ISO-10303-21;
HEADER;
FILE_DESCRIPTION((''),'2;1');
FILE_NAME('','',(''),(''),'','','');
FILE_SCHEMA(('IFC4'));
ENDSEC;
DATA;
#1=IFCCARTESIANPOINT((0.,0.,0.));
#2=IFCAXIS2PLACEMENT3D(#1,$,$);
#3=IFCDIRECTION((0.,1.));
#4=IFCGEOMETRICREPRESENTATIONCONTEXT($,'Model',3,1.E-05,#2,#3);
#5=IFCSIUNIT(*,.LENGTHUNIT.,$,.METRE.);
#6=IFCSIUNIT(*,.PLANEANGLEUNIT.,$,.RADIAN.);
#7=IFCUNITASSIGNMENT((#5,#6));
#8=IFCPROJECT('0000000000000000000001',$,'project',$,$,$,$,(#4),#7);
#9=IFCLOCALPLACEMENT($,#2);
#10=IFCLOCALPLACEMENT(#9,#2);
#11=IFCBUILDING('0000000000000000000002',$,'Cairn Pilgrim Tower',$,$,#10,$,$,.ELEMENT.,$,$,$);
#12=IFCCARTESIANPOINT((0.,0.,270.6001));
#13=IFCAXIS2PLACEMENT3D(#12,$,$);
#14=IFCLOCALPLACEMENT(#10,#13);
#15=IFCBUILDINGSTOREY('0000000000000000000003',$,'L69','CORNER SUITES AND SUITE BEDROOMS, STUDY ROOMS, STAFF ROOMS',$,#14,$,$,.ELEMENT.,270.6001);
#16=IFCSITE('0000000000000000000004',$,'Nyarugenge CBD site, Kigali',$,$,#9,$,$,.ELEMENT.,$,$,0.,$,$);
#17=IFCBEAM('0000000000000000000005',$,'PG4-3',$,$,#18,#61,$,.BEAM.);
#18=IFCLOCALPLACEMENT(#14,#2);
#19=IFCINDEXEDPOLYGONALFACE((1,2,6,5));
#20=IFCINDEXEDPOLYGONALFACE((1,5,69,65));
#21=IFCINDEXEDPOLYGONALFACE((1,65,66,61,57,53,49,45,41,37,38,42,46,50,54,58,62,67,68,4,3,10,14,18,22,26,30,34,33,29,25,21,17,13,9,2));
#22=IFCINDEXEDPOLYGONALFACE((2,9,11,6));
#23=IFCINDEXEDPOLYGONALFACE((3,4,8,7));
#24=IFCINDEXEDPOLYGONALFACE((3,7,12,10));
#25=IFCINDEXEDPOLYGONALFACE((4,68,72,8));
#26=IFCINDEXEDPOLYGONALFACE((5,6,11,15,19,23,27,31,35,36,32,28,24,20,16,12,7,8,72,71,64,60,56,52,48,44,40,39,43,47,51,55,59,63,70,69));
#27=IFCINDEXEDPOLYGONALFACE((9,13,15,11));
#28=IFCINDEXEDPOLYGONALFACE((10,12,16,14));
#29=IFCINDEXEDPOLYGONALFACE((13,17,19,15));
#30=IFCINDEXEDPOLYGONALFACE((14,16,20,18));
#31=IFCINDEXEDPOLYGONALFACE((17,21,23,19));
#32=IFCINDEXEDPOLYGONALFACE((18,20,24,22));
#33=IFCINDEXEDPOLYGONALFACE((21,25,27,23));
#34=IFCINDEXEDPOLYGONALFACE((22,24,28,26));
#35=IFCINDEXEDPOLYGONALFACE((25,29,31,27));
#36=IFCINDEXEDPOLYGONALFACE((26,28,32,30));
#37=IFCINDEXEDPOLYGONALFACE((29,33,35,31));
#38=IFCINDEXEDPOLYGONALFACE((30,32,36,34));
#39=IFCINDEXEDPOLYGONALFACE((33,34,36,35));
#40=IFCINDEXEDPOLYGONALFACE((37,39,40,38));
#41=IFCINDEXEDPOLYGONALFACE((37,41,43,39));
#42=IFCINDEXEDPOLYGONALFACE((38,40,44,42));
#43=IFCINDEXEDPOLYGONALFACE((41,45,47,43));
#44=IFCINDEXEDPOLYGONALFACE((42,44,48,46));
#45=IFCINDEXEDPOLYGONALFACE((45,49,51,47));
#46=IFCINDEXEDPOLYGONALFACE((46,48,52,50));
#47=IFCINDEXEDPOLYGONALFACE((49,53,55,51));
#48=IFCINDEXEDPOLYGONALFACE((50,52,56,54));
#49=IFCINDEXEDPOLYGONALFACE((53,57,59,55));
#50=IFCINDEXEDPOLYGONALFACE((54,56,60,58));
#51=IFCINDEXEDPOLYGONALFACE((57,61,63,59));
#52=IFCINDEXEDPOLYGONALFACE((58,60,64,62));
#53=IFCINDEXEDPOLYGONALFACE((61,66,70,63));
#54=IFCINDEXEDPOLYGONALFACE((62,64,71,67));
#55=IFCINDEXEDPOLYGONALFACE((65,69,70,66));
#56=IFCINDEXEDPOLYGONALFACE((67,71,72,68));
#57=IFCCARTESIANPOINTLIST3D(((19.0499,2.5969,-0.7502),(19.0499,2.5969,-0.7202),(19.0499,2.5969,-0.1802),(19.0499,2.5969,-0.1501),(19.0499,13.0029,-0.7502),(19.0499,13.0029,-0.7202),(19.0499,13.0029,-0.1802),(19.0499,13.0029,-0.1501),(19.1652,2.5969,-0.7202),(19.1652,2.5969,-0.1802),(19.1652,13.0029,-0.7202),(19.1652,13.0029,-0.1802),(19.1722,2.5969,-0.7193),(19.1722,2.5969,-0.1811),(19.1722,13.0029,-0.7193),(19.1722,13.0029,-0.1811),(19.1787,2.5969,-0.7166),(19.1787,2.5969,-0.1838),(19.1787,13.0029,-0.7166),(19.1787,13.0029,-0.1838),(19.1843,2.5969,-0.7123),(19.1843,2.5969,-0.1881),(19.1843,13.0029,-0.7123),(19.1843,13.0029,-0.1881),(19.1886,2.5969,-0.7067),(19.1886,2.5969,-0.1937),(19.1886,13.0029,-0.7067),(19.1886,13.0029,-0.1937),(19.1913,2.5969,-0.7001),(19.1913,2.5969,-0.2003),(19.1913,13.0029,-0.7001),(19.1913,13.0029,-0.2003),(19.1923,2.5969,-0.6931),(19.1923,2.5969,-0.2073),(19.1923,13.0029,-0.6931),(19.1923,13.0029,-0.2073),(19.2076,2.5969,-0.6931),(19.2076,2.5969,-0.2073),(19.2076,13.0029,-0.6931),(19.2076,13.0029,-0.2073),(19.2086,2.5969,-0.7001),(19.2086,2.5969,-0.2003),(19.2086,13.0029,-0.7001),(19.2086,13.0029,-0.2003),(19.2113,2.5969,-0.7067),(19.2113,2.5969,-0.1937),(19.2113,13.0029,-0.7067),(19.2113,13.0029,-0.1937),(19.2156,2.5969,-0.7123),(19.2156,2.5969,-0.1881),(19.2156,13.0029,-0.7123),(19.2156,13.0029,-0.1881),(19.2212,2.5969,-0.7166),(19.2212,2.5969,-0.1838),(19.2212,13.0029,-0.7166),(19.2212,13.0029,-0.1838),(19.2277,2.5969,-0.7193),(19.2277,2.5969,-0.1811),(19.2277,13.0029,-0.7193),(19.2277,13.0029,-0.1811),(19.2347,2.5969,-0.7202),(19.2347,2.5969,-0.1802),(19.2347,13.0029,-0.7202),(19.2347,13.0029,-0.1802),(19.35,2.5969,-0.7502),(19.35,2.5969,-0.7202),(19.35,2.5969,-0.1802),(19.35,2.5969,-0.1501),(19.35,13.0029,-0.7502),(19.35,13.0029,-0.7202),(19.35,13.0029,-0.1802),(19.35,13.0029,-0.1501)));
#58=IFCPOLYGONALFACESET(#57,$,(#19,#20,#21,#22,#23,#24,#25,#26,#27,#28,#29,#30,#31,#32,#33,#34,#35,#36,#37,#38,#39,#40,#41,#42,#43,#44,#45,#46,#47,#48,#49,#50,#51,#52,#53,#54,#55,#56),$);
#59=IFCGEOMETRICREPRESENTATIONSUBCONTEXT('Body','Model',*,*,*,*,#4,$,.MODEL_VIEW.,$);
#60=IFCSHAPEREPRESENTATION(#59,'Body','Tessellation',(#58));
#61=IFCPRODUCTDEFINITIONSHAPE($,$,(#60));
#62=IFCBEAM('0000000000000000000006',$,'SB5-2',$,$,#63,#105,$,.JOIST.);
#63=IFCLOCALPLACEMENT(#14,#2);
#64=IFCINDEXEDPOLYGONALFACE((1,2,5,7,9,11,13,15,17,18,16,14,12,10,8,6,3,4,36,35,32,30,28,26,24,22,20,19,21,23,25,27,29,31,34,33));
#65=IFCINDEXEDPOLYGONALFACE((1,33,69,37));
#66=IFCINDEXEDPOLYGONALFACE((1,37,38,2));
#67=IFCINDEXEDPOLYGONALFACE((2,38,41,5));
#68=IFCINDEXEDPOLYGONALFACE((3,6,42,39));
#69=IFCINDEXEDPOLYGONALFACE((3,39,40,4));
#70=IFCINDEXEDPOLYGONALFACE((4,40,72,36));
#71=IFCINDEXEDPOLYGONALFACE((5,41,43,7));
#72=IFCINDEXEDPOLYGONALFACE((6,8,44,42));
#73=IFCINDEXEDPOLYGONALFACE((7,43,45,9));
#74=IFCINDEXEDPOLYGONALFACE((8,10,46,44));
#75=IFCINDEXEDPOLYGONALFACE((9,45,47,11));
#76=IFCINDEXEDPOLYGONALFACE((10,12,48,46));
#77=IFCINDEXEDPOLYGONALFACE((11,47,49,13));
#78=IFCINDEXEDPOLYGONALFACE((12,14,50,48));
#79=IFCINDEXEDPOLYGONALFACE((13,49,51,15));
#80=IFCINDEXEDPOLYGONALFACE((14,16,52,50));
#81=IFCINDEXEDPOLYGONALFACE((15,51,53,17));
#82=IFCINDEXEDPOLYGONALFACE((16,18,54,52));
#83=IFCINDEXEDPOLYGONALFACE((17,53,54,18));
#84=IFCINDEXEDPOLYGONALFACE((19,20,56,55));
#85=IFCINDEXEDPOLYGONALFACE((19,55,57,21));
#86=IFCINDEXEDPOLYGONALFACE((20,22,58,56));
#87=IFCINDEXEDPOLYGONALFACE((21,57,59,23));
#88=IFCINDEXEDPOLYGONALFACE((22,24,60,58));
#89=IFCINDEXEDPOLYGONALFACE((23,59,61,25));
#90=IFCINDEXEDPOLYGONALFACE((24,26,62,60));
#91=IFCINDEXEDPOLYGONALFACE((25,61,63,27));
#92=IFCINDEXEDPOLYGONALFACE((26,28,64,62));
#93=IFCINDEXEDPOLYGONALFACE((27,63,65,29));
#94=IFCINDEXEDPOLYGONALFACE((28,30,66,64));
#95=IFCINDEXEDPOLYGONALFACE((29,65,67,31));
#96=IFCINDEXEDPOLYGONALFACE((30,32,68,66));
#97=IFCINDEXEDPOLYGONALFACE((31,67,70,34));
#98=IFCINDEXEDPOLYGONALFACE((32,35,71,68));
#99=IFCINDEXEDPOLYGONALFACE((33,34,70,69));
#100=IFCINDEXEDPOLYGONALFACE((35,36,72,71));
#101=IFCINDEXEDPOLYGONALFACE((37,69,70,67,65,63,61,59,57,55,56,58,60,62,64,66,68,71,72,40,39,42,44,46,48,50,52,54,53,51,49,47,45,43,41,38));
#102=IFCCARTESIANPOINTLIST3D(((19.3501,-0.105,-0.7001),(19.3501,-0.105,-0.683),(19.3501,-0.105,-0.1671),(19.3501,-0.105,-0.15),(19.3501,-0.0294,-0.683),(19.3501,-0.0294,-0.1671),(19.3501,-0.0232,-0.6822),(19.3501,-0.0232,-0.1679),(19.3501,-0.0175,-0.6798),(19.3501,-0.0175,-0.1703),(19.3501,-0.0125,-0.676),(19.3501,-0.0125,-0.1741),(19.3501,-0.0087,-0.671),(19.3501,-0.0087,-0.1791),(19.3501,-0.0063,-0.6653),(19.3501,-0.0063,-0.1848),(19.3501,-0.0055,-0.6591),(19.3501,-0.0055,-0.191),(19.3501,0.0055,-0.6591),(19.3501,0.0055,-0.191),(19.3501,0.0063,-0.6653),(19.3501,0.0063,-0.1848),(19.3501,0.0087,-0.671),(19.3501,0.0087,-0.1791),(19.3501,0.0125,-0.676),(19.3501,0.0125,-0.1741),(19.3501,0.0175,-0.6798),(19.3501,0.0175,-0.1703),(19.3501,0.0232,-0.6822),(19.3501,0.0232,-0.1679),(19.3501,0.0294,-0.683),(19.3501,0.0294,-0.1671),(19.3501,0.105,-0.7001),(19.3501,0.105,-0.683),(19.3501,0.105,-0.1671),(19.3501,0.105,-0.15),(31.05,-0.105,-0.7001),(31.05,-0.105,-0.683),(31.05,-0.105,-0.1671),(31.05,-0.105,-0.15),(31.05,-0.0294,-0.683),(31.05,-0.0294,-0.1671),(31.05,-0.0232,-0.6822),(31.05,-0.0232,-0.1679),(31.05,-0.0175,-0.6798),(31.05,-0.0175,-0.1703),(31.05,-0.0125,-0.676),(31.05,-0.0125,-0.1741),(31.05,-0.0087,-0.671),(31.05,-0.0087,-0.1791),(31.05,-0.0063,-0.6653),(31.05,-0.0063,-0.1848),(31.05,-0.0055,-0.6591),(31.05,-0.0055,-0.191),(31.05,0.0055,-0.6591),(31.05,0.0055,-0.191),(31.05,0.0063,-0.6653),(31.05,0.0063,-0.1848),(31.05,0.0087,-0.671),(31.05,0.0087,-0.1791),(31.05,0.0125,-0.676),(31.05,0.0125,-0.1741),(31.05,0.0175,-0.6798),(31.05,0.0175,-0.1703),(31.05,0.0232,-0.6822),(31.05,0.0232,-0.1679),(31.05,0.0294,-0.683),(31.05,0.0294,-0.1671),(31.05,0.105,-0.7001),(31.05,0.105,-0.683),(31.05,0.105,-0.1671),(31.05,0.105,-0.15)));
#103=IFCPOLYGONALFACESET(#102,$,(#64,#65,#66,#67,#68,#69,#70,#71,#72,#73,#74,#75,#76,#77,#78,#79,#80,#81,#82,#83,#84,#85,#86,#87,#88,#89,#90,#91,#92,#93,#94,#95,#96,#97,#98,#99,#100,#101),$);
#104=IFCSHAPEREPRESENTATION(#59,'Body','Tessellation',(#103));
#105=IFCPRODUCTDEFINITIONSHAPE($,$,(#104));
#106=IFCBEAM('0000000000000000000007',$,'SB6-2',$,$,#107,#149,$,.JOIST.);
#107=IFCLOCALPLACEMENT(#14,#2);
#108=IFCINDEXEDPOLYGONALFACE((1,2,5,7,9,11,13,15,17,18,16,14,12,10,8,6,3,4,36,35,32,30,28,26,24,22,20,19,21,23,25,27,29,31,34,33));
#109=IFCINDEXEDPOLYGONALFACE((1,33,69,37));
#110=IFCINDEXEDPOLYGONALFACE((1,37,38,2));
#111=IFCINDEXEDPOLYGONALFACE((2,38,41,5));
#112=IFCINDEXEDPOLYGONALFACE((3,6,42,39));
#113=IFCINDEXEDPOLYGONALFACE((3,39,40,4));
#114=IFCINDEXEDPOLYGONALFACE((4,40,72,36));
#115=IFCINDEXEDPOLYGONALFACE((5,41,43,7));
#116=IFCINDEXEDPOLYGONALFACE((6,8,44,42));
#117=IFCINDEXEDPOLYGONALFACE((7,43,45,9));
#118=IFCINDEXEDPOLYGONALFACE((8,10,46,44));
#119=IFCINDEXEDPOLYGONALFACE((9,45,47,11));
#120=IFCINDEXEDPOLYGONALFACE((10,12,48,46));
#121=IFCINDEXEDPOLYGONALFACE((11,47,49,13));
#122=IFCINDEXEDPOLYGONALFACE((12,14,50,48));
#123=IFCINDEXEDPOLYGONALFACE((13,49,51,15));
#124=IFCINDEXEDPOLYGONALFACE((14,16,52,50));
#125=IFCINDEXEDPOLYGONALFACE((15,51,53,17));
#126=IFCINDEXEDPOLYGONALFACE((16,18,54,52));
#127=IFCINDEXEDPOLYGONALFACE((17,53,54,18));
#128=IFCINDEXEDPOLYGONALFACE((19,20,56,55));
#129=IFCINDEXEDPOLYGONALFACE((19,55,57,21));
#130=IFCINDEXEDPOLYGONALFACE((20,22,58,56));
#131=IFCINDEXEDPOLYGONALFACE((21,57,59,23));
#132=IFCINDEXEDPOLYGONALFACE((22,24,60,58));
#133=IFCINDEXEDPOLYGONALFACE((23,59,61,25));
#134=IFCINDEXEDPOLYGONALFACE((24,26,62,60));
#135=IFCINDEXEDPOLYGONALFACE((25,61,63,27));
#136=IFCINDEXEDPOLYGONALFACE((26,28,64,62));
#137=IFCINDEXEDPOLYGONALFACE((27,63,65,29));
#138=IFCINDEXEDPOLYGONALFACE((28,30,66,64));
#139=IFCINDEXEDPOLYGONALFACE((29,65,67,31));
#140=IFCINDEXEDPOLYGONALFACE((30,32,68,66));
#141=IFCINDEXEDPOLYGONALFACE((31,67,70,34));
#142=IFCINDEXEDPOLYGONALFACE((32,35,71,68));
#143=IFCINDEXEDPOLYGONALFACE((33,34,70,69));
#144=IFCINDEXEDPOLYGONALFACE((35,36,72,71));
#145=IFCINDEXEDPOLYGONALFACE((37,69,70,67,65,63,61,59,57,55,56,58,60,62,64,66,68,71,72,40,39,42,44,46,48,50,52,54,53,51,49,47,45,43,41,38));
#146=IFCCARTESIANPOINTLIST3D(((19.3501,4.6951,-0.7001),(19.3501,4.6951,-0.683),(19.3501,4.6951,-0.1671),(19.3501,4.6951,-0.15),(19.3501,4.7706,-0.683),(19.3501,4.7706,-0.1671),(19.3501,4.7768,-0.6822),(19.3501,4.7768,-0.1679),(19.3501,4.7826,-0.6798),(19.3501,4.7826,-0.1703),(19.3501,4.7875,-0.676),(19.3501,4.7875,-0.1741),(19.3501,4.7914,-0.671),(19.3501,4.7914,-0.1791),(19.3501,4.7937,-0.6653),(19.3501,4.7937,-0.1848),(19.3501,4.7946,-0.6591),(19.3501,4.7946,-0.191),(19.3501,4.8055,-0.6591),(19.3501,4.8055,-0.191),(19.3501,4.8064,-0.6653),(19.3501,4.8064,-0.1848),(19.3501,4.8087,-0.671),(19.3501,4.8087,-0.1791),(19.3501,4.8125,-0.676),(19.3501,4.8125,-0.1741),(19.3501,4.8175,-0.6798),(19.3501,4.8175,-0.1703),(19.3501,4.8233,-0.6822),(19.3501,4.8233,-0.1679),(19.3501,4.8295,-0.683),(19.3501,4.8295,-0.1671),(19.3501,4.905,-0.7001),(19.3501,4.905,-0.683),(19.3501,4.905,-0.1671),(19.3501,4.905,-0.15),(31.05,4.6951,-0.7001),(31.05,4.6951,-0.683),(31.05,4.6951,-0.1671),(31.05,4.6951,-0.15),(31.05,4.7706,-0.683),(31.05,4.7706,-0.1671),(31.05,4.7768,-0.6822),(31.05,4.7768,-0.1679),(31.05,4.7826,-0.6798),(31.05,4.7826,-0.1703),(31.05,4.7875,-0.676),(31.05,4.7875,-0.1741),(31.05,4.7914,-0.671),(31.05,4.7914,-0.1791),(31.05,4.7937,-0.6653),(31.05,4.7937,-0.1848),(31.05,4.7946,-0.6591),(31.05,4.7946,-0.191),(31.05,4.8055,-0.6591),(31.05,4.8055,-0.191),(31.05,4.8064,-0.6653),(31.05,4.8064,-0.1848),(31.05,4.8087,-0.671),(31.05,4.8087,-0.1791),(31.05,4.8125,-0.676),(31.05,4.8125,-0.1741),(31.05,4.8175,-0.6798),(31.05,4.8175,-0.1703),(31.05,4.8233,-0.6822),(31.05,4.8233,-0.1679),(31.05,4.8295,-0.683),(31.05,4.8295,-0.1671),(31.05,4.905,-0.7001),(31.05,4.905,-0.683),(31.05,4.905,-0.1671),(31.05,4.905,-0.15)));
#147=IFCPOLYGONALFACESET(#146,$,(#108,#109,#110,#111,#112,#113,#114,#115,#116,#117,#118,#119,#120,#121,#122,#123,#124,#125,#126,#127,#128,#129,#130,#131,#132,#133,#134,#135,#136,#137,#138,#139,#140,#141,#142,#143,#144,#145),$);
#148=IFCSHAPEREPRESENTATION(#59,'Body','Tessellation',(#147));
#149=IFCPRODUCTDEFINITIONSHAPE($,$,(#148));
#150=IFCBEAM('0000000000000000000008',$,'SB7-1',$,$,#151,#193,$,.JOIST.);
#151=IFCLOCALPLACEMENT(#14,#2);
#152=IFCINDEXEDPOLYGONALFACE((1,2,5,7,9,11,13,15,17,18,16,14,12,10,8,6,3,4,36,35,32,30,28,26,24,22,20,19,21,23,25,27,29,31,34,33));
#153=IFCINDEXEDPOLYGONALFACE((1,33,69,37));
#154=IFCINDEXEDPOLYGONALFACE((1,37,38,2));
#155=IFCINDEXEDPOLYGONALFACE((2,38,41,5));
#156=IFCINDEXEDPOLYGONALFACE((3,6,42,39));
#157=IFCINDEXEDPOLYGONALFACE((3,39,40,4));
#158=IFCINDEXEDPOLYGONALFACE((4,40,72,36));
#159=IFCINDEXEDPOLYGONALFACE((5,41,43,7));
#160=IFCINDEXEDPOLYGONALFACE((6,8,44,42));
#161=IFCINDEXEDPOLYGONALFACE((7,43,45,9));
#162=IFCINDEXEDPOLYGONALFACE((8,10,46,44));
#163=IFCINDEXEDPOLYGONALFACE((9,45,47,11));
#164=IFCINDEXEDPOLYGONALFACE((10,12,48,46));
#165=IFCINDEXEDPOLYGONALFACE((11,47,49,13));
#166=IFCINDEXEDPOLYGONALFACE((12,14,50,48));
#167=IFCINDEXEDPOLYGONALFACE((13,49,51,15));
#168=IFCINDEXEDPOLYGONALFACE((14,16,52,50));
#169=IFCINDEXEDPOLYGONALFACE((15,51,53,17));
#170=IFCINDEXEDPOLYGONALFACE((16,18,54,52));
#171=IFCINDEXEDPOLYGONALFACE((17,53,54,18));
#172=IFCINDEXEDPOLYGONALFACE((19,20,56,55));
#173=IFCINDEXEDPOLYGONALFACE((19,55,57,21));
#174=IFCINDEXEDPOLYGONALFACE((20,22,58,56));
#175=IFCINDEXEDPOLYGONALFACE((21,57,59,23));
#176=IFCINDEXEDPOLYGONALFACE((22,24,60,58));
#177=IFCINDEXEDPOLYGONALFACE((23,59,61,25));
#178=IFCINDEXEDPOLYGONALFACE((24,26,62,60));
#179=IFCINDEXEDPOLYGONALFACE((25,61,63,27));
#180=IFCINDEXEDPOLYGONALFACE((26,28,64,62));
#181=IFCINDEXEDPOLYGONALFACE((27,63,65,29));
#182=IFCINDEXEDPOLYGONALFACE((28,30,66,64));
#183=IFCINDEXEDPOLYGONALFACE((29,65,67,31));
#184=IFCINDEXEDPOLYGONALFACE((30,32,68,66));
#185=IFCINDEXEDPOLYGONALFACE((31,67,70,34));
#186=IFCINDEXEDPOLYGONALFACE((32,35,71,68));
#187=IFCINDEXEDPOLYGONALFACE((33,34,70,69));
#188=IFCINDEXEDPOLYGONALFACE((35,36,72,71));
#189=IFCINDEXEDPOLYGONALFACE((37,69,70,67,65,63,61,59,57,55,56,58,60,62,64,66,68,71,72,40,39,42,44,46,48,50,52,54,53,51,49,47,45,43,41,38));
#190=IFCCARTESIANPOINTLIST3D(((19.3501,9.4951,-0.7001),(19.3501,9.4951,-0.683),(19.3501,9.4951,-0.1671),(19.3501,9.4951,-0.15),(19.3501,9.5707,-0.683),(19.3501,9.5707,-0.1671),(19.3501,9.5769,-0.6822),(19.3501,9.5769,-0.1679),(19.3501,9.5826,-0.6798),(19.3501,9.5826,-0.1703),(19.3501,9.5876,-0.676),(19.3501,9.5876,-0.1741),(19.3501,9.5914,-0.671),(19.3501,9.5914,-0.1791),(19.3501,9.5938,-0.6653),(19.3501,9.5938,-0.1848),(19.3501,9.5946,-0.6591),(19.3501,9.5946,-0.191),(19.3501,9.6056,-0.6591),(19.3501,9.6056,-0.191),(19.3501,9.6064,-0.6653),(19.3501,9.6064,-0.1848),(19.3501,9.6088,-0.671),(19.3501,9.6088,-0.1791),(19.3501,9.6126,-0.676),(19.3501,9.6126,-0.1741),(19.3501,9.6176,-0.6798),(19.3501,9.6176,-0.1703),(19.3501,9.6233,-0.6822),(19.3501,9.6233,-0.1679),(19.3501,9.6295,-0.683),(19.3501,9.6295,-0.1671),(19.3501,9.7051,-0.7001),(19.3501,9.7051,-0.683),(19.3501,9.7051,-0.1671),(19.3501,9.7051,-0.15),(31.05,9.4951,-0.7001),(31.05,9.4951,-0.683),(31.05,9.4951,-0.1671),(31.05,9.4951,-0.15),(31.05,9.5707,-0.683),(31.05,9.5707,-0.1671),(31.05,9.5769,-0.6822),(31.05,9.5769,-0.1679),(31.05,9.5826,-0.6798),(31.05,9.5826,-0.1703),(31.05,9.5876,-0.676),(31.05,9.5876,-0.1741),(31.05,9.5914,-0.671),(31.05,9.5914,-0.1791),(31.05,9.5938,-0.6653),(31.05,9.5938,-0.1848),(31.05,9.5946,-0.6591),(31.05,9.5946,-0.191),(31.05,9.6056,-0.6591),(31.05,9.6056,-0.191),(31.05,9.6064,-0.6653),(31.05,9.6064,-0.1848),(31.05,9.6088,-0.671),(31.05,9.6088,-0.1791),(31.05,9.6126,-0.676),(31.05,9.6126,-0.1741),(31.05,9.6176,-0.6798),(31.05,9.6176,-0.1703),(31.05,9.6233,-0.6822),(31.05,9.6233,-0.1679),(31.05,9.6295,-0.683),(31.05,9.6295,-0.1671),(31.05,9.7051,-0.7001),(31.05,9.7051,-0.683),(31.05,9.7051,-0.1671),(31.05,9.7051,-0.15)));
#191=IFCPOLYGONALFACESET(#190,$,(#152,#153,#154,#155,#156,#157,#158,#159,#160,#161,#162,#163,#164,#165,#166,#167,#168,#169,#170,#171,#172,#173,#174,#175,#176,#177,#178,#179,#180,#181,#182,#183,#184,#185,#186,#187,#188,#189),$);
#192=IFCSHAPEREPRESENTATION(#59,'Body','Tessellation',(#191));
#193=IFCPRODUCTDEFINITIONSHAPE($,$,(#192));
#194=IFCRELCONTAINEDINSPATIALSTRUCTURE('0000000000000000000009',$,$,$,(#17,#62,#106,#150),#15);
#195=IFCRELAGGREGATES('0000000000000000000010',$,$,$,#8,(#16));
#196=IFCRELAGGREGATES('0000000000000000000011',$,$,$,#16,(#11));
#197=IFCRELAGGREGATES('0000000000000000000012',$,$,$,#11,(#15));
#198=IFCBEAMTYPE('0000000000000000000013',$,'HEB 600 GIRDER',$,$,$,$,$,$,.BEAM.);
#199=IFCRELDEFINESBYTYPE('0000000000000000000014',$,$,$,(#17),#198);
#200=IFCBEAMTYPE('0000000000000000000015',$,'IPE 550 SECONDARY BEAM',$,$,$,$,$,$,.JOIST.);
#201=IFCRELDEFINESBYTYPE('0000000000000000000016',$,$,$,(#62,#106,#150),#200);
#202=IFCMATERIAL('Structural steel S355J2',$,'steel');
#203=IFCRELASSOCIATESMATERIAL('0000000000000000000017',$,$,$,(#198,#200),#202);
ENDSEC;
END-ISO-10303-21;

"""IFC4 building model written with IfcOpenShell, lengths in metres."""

from ifc_helpers import new_model, si_unit, direction, frame, origin, origin_2d, place, context, subcontext, project, spatial, i_section, extrude, material, material_profile, profile_set, type_object, element, save


model = new_model("IFC4")

# Units and contexts
model_context = context("Model", 3, precision=1e-05, world=origin(), true_north=direction((0.0, 1.0)))
body_context = subcontext(model_context, "Body", "Model", "MODEL_VIEW")
ifc_project = project(units=[si_unit("LENGTHUNIT", "METRE"), si_unit("PLANEANGLEUNIT", "RADIAN")], contexts=[model_context])

# Site, building, storey
site_placement = place(None, origin())
site = spatial("IfcSite", under=ifc_project, at=site_placement, Name="Nyarugenge CBD site, Kigali", CompositionType="ELEMENT", RefElevation=0.0)
building_placement = place(site_placement, origin())
building = spatial("IfcBuilding", under=site, at=building_placement, Name="Cairn Pilgrim Tower", CompositionType="ELEMENT")
storey_placement = place(building_placement, frame((0.0, 0.0, 270.6001)))
storey = spatial("IfcBuildingStorey", under=building, at=storey_placement, Name="L69", Description="CORNER SUITES AND SUITE BEDROOMS, STUDY ROOMS, STAFF ROOMS", CompositionType="ELEMENT", Elevation=270.6001)

# Shared definitions
ifc_material_1 = material(Name="Structural steel S355J2", Category="steel")

# Beams
ifc_material_profile_1 = material_profile(ifc_material_1, i_section(OverallWidth=0.3, OverallDepth=0.6001, WebThickness=0.0154, FlangeThickness=0.03, FilletRadius=0.0271, at=origin_2d()), Name="HEB 600")
ifc_profile_set_1 = profile_set([ifc_material_profile_1], Name="Structural steel S355J2")
beam_type_1 = type_object("IfcBeamType", Name="HEB 600 GIRDER", PredefinedType="BEAM", material=ifc_profile_set_1)
beam_1_placement = place(storey_placement, frame((19.2, 2.5969, -0.4502), z_axis=(0.0, 1.0, 0.0), x_axis=(-1.0, 0.0, 0.0)))
element("IfcBeam", 1, at=beam_1_placement, inside=storey, type_object=beam_type_1, Name="PG4-3", PredefinedType="BEAM", context=body_context, shape_type="SweptSolid", body=[
    extrude(i_section(OverallWidth=0.3, OverallDepth=0.6001, WebThickness=0.0154, FlangeThickness=0.03, FilletRadius=0.0271, at=origin_2d()), origin(), (0.0, 0.0, 1.0), 10.406),
])
ifc_material_profile_2 = material_profile(ifc_material_1, i_section(OverallWidth=0.21, OverallDepth=0.55, WebThickness=0.011, FlangeThickness=0.0171, FilletRadius=0.0239, at=origin_2d()), Name="IPE 550")
ifc_profile_set_2 = profile_set([ifc_material_profile_2], Name="Structural steel S355J2")
beam_type_2 = type_object("IfcBeamType", Name="IPE 550 SECONDARY BEAM", PredefinedType="JOIST", material=ifc_profile_set_2)
for number, where, z_axis, x_axis, name in (
    (2, (19.3501, 0.0, -0.425), (1.0, 0.0, 0.0), (0.0, 1.0, 0.0), "SB5-2"),
    (3, (19.3501, 4.8, -0.425), (1.0, 0.0, 0.0), (0.0, 1.0, 0.0), "SB6-2"),
    (4, (19.3501, 9.6001, -0.425), (1.0, 0.0, 0.0), (0.0, 1.0, 0.0), "SB7-1"),
):
    element("IfcBeam", number, at=place(storey_placement, frame(where, z_axis=z_axis, x_axis=x_axis)), inside=storey, type_object=beam_type_2, Name=name, PredefinedType="JOIST", context=body_context, shape_type="SweptSolid", body=[
        extrude(i_section(OverallWidth=0.21, OverallDepth=0.55, WebThickness=0.011, FlangeThickness=0.0171, FilletRadius=0.0239, at=origin_2d()), origin(), (0.0, 0.0, 1.0), 11.7),
    ])

save(model, "model.ifc")
